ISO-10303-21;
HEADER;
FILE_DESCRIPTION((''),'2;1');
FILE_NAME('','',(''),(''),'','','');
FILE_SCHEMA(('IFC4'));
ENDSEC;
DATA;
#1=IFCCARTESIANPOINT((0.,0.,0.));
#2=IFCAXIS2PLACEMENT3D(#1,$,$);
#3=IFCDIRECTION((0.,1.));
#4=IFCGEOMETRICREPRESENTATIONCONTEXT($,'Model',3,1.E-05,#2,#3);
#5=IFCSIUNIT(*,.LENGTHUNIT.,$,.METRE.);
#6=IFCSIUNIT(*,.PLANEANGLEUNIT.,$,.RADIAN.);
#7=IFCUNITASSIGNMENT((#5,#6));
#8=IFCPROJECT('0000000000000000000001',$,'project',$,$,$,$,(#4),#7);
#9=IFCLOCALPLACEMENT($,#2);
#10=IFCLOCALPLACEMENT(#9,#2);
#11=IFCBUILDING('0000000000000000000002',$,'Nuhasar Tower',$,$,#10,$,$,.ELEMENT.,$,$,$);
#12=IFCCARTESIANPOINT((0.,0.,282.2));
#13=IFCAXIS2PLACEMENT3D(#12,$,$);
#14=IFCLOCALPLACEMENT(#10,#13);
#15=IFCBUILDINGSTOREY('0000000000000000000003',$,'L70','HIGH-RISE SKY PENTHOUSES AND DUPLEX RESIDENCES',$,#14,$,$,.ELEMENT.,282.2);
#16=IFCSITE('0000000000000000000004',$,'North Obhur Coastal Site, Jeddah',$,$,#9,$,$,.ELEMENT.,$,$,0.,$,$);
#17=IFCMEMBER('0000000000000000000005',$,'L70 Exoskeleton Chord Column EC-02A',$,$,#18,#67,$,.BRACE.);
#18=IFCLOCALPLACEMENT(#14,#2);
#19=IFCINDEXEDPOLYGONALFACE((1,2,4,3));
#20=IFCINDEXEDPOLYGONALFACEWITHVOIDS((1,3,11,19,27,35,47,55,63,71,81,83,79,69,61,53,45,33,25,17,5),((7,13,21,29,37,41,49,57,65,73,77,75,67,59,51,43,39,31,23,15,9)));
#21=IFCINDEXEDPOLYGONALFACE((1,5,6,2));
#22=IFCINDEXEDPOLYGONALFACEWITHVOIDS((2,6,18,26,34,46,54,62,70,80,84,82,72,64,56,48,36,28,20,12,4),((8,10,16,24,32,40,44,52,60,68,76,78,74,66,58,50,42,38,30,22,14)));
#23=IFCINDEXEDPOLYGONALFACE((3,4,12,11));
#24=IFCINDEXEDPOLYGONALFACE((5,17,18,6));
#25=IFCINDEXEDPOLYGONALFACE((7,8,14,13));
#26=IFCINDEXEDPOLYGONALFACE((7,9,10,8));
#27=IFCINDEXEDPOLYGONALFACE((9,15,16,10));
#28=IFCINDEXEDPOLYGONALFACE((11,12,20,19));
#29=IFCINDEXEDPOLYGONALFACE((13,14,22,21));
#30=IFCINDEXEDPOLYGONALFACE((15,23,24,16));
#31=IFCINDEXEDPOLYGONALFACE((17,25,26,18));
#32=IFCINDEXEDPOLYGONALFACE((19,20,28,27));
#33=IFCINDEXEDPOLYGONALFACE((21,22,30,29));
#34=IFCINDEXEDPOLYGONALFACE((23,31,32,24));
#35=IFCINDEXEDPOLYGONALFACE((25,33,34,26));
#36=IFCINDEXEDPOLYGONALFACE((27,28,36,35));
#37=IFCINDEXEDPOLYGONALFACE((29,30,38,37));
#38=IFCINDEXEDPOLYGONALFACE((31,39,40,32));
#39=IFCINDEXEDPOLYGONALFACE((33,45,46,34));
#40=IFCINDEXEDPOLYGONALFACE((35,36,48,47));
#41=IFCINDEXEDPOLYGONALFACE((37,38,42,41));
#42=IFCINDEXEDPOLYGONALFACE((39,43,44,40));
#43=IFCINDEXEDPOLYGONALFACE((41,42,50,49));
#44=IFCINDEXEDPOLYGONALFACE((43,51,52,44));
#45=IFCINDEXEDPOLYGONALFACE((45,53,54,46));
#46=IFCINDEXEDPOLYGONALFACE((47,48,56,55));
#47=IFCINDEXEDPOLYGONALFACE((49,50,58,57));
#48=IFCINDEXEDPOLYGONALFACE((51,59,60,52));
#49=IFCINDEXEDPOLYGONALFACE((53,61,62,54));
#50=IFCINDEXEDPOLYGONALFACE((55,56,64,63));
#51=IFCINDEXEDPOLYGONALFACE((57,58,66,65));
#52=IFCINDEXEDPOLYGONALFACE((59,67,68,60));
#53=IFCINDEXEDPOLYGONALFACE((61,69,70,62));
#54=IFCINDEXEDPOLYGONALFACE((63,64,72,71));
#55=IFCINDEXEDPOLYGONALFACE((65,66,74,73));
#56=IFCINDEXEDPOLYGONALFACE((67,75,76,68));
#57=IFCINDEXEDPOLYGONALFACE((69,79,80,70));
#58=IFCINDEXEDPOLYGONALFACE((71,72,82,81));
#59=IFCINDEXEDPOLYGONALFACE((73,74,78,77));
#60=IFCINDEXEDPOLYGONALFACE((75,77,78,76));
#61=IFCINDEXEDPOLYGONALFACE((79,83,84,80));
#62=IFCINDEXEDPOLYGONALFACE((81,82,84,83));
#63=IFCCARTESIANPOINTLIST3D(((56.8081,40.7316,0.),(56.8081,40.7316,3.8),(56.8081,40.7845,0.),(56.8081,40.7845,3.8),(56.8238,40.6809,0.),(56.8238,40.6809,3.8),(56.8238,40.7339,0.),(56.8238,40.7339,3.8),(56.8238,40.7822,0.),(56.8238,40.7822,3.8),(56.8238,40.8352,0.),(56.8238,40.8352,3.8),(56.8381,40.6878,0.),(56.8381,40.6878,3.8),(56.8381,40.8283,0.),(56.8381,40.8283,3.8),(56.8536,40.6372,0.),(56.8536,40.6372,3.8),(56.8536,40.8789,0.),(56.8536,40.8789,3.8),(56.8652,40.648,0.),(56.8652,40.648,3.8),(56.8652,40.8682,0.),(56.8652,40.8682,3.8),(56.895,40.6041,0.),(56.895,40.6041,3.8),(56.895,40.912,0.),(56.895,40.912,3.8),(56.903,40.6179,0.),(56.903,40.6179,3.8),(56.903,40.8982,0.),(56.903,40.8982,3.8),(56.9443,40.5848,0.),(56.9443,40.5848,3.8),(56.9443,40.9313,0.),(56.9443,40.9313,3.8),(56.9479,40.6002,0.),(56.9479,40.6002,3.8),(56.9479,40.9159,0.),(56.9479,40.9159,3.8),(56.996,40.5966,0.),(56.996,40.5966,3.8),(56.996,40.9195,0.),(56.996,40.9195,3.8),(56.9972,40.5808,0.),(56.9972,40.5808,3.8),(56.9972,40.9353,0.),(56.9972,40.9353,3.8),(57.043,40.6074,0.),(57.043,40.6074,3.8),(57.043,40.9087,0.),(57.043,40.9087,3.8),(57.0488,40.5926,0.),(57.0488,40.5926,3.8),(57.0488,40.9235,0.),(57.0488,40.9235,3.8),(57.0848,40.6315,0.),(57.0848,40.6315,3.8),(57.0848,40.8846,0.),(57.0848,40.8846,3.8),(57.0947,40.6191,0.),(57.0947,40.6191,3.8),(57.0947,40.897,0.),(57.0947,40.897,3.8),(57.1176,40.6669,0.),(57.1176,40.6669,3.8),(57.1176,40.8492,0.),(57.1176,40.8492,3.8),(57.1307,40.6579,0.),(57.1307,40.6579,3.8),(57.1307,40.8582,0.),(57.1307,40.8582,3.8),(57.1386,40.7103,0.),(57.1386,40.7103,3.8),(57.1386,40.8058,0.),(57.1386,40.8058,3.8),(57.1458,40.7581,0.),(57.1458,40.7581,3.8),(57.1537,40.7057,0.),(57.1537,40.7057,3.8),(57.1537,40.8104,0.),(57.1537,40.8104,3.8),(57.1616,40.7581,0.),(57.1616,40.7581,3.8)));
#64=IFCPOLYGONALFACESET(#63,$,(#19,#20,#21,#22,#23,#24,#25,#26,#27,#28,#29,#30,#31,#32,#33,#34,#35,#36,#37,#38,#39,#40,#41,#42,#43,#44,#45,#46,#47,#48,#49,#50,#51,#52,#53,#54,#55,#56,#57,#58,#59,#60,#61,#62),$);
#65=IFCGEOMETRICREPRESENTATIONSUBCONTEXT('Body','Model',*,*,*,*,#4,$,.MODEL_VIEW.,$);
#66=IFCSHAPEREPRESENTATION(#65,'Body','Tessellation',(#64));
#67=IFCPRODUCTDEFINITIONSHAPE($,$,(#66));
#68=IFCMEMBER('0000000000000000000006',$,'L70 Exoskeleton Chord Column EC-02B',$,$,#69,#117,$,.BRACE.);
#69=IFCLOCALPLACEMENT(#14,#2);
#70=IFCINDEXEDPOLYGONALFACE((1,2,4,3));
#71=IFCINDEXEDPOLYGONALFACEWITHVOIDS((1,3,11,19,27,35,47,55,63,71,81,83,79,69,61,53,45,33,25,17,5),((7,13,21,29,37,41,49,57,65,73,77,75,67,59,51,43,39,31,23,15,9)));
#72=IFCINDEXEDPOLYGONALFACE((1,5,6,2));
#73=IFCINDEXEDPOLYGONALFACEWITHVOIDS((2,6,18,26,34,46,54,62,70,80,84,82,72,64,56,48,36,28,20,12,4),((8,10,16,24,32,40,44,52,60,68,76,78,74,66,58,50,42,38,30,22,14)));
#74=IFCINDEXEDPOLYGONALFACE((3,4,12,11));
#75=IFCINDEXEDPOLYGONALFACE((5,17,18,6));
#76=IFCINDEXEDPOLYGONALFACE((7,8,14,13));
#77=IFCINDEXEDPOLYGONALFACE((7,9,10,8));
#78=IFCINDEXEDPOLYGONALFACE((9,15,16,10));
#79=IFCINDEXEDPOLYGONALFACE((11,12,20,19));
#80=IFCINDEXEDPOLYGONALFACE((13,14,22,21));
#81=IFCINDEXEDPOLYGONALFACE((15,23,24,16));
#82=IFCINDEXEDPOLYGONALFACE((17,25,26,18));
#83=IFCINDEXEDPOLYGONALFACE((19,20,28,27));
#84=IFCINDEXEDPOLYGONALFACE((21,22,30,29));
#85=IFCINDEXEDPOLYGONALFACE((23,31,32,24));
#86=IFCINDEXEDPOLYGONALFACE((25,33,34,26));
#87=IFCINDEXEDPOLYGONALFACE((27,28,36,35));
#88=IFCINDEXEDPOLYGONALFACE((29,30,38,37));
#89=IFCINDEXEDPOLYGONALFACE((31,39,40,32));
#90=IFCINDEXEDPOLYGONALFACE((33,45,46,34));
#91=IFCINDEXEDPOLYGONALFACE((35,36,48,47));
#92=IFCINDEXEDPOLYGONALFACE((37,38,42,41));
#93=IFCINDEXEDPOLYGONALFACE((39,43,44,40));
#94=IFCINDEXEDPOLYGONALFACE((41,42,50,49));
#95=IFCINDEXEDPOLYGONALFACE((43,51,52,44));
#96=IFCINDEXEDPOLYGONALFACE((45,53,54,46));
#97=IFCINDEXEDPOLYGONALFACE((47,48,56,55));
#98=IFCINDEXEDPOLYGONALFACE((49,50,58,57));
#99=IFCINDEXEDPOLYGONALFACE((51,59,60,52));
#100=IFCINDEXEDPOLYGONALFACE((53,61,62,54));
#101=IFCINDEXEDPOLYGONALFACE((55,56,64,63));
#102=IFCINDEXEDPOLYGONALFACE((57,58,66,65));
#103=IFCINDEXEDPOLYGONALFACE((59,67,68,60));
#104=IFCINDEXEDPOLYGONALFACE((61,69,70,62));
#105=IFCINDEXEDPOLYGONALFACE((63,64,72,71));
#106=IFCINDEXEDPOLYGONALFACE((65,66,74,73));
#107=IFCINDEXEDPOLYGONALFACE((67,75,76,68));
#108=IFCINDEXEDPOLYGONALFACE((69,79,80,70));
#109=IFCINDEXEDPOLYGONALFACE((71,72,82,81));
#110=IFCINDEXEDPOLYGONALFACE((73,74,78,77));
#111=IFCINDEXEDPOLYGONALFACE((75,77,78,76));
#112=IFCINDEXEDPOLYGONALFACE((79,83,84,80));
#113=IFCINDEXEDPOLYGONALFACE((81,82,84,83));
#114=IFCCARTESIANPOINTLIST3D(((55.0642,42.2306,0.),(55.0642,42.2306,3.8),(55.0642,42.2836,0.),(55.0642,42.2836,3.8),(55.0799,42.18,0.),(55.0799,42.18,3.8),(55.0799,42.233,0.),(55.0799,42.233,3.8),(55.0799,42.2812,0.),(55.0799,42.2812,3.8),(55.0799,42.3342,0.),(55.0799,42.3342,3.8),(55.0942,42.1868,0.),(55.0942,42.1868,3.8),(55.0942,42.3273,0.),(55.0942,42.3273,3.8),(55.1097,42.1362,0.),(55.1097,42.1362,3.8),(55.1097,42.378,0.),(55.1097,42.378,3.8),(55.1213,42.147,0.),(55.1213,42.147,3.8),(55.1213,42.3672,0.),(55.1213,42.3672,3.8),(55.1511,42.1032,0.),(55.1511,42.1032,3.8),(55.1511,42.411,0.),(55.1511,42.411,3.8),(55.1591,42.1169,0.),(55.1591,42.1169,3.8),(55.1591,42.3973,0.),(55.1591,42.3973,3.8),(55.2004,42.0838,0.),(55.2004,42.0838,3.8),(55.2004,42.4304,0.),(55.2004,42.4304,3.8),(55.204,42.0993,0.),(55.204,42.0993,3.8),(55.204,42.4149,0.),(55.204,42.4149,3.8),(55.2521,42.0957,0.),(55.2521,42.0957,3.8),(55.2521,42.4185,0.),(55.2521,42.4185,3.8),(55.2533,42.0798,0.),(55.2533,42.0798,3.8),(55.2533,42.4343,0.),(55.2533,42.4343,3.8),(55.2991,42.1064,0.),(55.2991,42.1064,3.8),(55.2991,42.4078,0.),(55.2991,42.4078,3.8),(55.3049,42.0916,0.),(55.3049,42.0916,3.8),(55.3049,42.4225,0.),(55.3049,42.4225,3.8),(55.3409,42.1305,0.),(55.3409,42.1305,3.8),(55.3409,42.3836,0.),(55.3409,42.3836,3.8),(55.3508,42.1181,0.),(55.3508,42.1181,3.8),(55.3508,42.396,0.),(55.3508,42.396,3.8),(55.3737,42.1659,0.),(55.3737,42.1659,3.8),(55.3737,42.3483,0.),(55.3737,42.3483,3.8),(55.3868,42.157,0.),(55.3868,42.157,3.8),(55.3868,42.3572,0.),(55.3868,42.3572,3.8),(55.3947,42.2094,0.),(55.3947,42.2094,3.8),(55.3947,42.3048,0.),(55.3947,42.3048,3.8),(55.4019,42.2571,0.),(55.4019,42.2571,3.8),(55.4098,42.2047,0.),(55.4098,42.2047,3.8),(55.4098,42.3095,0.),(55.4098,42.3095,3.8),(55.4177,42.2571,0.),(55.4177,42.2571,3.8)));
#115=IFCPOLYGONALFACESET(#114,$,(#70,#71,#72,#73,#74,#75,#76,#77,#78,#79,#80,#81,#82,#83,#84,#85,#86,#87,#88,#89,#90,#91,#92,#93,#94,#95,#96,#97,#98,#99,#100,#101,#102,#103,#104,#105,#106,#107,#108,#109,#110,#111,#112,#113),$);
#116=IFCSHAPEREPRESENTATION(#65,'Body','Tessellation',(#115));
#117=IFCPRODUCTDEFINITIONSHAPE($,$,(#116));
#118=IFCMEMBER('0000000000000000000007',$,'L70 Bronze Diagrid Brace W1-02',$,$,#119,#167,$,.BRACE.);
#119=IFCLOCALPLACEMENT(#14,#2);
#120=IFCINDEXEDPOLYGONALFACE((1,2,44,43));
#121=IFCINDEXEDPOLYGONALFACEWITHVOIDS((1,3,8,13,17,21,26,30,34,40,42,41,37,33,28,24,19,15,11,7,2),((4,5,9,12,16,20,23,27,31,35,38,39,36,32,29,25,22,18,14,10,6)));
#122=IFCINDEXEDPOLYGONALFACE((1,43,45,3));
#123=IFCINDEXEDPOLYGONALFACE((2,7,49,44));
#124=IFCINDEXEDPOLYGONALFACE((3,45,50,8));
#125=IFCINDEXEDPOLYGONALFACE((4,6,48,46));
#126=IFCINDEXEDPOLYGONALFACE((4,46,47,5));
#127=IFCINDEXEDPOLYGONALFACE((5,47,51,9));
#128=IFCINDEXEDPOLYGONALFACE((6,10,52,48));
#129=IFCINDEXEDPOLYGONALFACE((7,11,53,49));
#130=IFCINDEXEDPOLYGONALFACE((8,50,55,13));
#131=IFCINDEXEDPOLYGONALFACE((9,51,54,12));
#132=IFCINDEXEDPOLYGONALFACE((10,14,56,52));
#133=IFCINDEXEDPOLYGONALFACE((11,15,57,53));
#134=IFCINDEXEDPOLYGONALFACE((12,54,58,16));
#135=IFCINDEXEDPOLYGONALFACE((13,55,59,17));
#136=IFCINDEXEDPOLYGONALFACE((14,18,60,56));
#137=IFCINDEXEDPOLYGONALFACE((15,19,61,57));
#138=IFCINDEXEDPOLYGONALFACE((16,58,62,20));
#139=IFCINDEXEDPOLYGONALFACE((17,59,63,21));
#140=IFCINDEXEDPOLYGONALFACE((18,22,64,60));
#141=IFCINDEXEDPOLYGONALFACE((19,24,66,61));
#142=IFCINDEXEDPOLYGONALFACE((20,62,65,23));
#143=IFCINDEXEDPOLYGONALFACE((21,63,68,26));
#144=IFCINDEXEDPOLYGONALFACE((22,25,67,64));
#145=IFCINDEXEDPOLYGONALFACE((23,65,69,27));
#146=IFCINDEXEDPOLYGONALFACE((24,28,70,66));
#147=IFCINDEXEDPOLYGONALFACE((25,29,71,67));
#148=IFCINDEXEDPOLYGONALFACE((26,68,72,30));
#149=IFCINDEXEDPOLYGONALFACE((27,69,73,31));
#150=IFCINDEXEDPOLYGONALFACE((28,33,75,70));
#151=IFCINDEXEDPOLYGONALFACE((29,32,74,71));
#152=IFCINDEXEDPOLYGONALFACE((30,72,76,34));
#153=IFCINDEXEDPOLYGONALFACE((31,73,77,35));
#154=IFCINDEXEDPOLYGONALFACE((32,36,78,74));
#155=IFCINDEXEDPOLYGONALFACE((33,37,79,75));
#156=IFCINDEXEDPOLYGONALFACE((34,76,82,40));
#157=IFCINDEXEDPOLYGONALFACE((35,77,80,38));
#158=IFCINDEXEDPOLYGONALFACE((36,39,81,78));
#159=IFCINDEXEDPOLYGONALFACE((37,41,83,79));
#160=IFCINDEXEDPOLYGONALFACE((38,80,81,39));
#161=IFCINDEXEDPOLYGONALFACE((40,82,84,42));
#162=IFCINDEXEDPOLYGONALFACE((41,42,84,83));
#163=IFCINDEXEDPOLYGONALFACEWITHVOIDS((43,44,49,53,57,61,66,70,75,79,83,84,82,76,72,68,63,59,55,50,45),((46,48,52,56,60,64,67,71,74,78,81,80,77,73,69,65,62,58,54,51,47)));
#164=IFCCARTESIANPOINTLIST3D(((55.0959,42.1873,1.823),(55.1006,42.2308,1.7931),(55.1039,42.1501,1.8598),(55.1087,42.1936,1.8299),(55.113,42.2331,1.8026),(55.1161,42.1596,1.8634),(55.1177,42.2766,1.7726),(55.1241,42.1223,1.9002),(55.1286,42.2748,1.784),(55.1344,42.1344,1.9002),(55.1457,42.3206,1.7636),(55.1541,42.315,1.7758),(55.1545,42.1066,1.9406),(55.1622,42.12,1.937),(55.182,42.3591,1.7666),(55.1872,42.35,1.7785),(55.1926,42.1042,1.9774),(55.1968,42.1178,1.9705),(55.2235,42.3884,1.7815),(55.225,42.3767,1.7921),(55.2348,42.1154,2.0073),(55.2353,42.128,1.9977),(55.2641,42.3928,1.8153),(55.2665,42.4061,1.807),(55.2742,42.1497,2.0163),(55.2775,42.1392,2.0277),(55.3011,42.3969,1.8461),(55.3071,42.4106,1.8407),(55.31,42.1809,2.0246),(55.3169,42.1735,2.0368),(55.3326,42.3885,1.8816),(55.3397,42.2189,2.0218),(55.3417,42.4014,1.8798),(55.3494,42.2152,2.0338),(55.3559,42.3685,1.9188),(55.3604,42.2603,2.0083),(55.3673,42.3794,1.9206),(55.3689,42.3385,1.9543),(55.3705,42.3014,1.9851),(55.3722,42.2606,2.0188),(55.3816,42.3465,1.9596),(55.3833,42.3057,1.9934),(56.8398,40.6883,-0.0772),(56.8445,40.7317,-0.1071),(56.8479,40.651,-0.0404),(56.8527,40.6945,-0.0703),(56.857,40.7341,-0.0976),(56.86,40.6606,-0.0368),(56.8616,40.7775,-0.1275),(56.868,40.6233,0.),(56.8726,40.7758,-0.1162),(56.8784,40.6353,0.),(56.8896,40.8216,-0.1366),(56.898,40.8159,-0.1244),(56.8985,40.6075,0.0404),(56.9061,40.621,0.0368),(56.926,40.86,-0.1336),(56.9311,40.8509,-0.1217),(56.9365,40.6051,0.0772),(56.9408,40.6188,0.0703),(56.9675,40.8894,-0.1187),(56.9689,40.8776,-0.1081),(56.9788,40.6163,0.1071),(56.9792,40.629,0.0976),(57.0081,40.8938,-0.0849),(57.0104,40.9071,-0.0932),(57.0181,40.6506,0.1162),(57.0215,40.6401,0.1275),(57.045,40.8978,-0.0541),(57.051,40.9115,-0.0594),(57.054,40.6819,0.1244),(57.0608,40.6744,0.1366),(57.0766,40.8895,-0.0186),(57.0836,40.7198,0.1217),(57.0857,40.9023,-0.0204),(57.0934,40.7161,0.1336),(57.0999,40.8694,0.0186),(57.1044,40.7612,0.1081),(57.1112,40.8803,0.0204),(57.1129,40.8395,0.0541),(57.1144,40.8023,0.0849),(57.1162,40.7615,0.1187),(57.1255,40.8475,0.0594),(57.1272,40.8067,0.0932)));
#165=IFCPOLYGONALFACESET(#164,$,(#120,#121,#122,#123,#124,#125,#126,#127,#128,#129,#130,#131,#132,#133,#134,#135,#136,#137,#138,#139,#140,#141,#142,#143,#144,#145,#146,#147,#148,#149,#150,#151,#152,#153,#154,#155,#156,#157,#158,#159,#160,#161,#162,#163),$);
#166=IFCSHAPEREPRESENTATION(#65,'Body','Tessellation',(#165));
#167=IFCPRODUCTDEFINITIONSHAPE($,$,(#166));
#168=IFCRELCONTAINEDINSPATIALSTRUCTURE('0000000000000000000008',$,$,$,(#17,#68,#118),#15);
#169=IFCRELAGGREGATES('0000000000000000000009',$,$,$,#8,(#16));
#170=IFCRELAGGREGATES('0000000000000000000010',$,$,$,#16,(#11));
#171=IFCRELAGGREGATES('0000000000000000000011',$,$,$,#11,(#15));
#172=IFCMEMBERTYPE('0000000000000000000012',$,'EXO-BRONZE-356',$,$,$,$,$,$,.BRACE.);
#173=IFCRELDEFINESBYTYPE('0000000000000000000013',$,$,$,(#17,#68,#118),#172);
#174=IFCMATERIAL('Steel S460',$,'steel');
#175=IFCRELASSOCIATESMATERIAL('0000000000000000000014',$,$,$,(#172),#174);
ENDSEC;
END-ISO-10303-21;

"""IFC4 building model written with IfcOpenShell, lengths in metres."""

from ifc_helpers import new_model, si_unit, direction, frame, origin, origin_2d, place, context, subcontext, project, spatial, hollow_circle, extrude, material, material_profile, profile_set, type_object, element, save


model = new_model("IFC4")

# Units and contexts
model_context = context("Model", 3, precision=1e-05, world=origin(), true_north=direction((0.0, 1.0)))
body_context = subcontext(model_context, "Body", "Model", "MODEL_VIEW")
ifc_project = project(units=[si_unit("LENGTHUNIT", "METRE"), si_unit("PLANEANGLEUNIT", "RADIAN")], contexts=[model_context])

# Site, building, storey
site_placement = place(None, origin())
site = spatial("IfcSite", under=ifc_project, at=site_placement, Name="North Obhur Coastal Site, Jeddah", CompositionType="ELEMENT", RefElevation=0.0)
building_placement = place(site_placement, origin())
building = spatial("IfcBuilding", under=site, at=building_placement, Name="Nuhasar Tower", CompositionType="ELEMENT")
storey_placement = place(building_placement, frame((0.0, 0.0, 282.2)))
storey = spatial("IfcBuildingStorey", under=building, at=storey_placement, Name="L70", Description="HIGH-RISE SKY PENTHOUSES AND DUPLEX RESIDENCES", CompositionType="ELEMENT", Elevation=282.2)

# Members
ifc_material_1 = material(Name="Steel S460", Category="steel")
ifc_material_profile_1 = material_profile(ifc_material_1, hollow_circle(Radius=0.1777, WallThickness=0.0159, at=origin_2d()), Name="HSS355.6X15.9")
ifc_profile_set_1 = profile_set([ifc_material_profile_1], Name="Steel S460")
member_type_1 = type_object("IfcMemberType", Name="EXO-BRONZE-356", PredefinedType="BRACE", material=ifc_profile_set_1)
for number, where, z_axis, x_axis, name in (
    (1, (56.9839, 40.7581, 0.0), (0.0, 0.0, 1.0), (1.0, 0.0, 0.0), "L70 Exoskeleton Chord Column EC-02A"),
    (2, (55.24, 42.2571, 0.0), (0.0, 0.0, 1.0), (1.0, 0.0, 0.0), "L70 Exoskeleton Chord Column EC-02B"),
):
    element("IfcMember", number, at=place(storey_placement, frame(where, z_axis=z_axis, x_axis=x_axis)), inside=storey, type_object=member_type_1, Name=name, PredefinedType="BRACE", context=body_context, shape_type="SweptSolid", body=[
        extrude(hollow_circle(Radius=0.1777, WallThickness=0.0159, at=origin_2d()), origin(), (0.0, 0.0, 1.0), 3.8),
    ])
member_1_placement = place(storey_placement, frame((56.9839, 40.7581, 0.0), z_axis=(-0.584595, 0.502508, 0.636973), x_axis=(-0.651857, -0.758342, 0.0)))
element("IfcMember", 3, at=member_1_placement, inside=storey, type_object=member_type_1, Name="L70 Bronze Diagrid Brace W1-02", PredefinedType="BRACE", context=body_context, shape_type="SweptSolid", body=[
    extrude(hollow_circle(Radius=0.1777, WallThickness=0.0159, at=origin_2d()), origin(), (0.0, 0.0, 1.0), 2.9832),
])

save(model, "model.ifc")
